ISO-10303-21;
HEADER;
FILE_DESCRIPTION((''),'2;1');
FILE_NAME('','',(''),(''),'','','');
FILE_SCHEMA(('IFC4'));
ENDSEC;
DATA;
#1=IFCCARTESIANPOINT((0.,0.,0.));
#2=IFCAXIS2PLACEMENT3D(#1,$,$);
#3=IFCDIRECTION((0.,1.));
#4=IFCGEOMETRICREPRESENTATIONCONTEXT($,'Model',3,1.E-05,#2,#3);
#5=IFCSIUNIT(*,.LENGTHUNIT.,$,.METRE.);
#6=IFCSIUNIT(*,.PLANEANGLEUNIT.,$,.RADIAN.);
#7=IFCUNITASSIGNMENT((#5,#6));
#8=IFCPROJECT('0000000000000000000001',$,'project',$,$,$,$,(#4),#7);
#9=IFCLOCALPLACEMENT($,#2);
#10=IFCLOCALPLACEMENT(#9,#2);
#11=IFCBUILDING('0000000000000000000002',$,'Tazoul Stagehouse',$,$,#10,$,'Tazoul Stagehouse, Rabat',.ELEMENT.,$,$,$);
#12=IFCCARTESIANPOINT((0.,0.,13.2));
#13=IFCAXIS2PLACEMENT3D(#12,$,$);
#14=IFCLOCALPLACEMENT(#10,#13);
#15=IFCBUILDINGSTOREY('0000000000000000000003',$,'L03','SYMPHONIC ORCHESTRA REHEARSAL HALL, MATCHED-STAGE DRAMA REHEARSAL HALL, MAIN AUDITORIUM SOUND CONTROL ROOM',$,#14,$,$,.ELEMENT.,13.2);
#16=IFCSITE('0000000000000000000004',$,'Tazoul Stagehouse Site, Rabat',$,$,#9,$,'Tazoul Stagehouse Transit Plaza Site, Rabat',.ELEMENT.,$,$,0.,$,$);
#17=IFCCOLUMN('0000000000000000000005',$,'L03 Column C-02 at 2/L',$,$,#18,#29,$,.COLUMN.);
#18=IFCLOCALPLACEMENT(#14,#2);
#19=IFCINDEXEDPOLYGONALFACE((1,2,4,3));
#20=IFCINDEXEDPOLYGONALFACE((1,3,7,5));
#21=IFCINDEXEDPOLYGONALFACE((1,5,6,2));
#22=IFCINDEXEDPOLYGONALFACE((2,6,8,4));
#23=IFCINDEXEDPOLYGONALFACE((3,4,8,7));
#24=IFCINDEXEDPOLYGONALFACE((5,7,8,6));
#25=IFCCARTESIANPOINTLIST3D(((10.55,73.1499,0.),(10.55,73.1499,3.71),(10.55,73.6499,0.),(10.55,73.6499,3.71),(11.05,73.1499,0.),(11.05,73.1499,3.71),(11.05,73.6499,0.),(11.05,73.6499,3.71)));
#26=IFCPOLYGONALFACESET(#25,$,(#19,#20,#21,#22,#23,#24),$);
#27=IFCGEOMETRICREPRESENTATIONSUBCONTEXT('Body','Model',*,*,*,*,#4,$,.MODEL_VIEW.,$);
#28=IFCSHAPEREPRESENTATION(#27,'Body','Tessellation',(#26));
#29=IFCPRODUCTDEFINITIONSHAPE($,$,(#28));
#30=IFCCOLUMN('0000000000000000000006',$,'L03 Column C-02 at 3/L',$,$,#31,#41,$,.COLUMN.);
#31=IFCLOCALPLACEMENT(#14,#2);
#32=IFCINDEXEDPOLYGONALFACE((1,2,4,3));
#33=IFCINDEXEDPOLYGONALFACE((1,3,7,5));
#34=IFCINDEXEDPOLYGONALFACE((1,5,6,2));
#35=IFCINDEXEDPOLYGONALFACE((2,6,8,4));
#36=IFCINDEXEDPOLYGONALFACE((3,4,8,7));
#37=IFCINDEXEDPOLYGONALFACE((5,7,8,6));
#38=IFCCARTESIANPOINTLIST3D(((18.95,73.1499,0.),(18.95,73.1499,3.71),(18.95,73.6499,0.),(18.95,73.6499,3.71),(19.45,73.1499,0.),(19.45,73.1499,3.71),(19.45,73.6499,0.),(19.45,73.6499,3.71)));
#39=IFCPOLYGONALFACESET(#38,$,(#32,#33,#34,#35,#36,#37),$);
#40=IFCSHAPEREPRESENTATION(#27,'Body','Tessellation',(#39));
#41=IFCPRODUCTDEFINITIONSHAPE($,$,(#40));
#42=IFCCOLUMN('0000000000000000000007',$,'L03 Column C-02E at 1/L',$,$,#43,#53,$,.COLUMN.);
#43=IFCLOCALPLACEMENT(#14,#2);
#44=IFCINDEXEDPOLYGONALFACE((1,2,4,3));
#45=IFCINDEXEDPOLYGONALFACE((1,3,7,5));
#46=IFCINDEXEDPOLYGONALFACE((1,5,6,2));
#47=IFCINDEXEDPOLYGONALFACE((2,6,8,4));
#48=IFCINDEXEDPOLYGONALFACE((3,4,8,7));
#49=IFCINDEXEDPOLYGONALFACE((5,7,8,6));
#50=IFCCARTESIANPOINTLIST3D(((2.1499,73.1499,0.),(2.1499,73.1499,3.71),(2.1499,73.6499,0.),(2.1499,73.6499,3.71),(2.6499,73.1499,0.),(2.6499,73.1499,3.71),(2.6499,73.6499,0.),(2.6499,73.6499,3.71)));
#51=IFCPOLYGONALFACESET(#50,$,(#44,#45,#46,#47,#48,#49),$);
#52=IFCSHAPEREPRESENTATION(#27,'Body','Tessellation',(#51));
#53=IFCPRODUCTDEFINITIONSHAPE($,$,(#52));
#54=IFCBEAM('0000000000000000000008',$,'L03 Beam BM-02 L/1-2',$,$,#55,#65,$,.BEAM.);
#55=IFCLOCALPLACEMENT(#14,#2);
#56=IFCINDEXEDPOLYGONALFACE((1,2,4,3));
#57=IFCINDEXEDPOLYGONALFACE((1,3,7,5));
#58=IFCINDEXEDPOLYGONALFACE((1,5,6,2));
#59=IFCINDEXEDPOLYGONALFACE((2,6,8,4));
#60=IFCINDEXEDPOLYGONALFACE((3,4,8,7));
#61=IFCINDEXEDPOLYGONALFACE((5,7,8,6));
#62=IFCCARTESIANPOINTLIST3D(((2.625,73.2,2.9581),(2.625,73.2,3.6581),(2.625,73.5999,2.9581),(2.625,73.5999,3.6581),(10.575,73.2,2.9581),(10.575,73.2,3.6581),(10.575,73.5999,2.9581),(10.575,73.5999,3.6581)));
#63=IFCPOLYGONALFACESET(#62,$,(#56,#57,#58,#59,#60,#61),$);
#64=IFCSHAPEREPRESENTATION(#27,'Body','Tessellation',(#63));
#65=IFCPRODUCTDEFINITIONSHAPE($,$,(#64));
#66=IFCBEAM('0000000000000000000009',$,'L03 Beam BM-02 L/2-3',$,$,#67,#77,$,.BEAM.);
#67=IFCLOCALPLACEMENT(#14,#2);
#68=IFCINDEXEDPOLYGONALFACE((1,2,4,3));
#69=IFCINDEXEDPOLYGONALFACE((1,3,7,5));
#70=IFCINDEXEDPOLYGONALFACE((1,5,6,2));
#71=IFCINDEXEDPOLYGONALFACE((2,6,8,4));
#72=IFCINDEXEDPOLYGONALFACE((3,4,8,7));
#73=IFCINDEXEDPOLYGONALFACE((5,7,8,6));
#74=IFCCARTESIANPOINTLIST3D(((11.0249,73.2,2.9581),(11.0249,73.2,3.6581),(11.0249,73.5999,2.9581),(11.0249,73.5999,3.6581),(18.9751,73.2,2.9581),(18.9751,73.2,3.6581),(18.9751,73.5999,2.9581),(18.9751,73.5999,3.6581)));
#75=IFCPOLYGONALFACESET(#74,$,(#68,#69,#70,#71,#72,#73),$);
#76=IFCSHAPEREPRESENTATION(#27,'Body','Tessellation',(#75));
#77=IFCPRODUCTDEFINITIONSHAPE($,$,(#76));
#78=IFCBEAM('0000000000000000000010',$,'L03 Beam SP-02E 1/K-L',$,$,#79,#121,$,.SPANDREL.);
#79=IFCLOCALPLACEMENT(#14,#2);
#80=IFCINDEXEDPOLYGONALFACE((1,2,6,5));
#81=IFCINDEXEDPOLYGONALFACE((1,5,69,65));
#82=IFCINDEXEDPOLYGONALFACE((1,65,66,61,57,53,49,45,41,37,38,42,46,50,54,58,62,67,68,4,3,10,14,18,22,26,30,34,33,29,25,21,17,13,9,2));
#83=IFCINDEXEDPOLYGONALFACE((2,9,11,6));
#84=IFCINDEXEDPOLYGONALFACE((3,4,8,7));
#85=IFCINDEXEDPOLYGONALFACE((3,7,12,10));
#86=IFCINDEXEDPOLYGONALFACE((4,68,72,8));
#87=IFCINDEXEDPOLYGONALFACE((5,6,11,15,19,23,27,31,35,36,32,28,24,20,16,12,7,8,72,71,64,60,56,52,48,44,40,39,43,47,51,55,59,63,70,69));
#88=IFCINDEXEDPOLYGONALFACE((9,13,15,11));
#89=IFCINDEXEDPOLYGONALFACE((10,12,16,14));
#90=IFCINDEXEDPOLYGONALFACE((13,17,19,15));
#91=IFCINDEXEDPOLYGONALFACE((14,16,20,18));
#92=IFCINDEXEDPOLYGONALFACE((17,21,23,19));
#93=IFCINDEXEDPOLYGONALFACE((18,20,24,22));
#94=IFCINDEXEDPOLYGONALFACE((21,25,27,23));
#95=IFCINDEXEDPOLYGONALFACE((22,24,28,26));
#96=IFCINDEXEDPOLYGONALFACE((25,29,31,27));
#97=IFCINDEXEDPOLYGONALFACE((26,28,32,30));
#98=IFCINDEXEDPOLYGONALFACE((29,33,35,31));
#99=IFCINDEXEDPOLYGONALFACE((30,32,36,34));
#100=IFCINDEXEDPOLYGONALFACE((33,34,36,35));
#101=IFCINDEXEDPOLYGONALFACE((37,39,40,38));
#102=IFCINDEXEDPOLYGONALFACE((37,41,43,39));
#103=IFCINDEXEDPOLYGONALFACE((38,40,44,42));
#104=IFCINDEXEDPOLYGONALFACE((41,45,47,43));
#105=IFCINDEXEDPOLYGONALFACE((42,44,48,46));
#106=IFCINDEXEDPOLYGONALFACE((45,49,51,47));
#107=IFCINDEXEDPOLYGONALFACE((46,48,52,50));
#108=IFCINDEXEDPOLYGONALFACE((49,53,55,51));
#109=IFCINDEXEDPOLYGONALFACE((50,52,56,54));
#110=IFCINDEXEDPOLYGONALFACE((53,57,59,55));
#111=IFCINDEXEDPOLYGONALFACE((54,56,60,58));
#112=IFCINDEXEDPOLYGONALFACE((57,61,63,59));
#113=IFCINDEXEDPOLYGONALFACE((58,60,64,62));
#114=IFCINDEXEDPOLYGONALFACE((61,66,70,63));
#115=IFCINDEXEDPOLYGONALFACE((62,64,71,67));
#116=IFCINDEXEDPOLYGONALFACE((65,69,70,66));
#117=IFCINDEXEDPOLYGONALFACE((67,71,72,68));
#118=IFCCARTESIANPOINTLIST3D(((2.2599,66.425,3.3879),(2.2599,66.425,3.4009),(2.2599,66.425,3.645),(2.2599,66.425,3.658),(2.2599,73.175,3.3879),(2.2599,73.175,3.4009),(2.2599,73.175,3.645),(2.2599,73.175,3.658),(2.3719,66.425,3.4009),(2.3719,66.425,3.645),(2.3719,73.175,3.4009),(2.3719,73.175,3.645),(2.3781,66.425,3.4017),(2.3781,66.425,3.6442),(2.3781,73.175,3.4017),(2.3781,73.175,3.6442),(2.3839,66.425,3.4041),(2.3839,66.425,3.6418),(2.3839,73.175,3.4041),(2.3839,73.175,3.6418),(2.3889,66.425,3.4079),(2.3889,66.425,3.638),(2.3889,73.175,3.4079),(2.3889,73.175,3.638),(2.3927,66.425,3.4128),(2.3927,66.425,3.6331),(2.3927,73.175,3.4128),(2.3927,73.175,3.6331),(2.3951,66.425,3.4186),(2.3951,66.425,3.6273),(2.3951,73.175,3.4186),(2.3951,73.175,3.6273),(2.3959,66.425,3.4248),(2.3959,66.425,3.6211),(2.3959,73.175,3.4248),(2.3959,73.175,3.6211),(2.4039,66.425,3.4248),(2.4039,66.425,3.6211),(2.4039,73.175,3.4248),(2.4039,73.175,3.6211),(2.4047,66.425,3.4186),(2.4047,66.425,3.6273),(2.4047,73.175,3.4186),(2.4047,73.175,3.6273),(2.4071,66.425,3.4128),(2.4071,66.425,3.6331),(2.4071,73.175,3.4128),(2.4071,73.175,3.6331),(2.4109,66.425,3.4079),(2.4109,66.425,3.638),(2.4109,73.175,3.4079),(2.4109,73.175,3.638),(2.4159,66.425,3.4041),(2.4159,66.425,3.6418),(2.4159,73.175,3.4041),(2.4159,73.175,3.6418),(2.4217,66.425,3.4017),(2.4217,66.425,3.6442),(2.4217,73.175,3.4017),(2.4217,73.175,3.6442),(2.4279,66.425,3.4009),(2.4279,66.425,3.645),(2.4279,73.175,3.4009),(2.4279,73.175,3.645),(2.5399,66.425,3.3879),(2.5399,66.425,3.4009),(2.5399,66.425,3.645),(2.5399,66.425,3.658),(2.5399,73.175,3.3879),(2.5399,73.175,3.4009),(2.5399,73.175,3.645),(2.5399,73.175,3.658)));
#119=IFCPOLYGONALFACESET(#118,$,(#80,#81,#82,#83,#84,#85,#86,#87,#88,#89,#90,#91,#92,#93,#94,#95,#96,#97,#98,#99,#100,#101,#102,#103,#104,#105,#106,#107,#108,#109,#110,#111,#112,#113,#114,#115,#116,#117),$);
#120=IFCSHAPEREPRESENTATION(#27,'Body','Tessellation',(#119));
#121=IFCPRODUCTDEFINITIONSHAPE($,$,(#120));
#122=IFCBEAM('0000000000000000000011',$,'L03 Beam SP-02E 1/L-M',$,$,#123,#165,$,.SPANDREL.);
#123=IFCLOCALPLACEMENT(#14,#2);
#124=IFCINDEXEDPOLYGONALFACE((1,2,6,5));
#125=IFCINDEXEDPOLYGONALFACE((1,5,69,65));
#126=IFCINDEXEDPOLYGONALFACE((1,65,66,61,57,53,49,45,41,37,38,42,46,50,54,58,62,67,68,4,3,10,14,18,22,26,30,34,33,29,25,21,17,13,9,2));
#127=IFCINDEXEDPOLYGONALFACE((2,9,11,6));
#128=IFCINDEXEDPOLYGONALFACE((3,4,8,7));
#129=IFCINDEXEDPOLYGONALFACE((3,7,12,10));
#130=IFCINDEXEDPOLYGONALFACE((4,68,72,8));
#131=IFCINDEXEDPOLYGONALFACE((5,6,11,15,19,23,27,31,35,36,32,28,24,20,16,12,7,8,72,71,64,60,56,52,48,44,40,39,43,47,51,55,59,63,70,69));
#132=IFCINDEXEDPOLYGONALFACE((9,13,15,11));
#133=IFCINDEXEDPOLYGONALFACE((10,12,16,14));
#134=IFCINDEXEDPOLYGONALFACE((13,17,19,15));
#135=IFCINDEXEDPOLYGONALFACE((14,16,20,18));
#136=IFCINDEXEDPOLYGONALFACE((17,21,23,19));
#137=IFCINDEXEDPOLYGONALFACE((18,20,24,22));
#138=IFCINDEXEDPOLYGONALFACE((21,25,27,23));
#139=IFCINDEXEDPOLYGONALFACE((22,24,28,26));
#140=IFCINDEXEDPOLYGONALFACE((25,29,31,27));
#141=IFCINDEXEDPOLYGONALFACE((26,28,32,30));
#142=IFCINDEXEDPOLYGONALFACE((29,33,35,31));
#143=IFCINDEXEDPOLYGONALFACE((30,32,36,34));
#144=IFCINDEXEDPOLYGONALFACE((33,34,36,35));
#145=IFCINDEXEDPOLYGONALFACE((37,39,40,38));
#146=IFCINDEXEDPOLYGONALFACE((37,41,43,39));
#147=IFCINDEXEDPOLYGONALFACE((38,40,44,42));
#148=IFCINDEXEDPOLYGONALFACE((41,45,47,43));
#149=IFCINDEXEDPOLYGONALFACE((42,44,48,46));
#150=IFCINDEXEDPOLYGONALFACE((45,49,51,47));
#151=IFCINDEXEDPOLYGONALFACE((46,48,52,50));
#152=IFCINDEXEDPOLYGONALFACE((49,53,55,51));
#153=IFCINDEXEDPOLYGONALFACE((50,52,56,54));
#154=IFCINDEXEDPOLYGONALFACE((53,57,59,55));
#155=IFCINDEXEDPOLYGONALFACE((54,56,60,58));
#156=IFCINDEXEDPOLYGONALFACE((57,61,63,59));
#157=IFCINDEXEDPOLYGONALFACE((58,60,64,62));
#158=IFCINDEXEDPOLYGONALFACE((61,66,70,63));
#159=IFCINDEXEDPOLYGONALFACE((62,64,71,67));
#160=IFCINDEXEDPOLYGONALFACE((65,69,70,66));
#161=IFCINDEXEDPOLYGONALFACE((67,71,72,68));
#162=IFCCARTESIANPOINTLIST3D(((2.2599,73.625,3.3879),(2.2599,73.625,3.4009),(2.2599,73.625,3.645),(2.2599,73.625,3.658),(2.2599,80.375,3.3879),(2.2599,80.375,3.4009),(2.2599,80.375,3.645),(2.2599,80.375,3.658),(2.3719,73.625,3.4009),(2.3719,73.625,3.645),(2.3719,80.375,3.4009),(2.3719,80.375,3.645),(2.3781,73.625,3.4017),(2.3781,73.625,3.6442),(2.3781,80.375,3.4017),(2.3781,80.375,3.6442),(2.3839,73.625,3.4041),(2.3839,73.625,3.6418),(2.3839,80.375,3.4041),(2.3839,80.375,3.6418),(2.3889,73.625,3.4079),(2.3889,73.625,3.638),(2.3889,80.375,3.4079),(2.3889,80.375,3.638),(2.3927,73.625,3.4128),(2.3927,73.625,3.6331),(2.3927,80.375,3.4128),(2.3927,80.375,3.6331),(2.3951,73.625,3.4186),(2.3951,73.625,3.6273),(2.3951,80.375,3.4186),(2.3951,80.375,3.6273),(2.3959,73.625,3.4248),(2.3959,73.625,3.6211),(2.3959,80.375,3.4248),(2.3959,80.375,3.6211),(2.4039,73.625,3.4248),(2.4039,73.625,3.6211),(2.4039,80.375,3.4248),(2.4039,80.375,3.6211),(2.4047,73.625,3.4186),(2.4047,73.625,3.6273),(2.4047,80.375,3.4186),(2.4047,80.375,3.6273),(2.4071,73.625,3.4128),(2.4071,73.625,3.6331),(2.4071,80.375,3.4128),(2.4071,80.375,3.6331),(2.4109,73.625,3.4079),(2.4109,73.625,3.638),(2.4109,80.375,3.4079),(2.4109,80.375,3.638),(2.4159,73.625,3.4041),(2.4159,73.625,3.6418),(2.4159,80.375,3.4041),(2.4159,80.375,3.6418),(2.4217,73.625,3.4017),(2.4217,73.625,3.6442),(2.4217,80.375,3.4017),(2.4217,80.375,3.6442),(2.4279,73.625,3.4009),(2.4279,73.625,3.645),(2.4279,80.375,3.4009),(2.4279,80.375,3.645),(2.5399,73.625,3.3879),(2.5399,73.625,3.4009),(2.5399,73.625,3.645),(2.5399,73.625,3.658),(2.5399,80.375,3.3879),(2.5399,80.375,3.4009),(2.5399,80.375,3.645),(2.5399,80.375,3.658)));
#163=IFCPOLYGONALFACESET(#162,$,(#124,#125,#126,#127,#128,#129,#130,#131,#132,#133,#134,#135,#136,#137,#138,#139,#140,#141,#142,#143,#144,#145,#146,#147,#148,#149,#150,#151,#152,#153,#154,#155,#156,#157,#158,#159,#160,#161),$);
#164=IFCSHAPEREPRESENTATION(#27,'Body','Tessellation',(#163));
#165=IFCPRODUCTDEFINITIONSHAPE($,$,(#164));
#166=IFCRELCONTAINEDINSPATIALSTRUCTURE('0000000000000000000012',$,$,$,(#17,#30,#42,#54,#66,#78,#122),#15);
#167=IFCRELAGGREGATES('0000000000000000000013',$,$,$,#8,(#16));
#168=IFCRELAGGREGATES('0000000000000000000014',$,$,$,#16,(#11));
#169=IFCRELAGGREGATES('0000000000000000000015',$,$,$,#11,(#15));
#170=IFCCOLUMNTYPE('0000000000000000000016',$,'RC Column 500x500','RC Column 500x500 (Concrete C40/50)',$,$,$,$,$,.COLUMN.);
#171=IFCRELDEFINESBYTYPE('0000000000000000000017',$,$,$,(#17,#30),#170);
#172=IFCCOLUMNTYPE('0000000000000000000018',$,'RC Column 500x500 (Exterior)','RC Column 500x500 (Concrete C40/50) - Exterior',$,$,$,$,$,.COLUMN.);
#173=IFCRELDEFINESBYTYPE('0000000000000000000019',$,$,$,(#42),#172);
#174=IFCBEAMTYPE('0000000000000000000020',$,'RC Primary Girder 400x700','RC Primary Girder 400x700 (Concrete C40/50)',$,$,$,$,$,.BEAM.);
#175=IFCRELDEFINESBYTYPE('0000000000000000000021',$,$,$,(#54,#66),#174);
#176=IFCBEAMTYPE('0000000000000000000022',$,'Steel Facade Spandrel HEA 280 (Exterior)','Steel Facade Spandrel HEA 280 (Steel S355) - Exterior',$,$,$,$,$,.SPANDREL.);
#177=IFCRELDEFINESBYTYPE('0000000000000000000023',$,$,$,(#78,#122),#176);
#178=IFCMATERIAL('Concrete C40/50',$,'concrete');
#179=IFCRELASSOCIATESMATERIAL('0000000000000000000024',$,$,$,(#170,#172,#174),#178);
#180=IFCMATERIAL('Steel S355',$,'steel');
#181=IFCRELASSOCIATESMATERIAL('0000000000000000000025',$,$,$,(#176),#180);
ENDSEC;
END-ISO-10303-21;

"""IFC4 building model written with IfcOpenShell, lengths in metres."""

from ifc_helpers import new_model, si_unit, direction, frame, origin, origin_2d, place, context, subcontext, project, spatial, rectangle, i_section, extrude, material, material_profile, profile_set, type_object, element, save


model = new_model("IFC4")

# Units and contexts
model_context = context("Model", 3, precision=1e-05, world=origin(), true_north=direction((0.0, 1.0)))
body_context = subcontext(model_context, "Body", "Model", "MODEL_VIEW")
ifc_project = project(units=[si_unit("LENGTHUNIT", "METRE"), si_unit("PLANEANGLEUNIT", "RADIAN")], contexts=[model_context])

# Site, building, storey
site_placement = place(None, origin())
site = spatial("IfcSite", under=ifc_project, at=site_placement, Name="Tazoul Stagehouse Site, Rabat", LongName="Tazoul Stagehouse Transit Plaza Site, Rabat", CompositionType="ELEMENT", RefElevation=0.0)
building_placement = place(site_placement, origin())
building = spatial("IfcBuilding", under=site, at=building_placement, Name="Tazoul Stagehouse", LongName="Tazoul Stagehouse, Rabat", CompositionType="ELEMENT")
storey_placement = place(building_placement, frame((0.0, 0.0, 13.2)))
storey = spatial("IfcBuildingStorey", under=building, at=storey_placement, Name="L03", Description="SYMPHONIC ORCHESTRA REHEARSAL HALL, MATCHED-STAGE DRAMA REHEARSAL HALL, MAIN AUDITORIUM SOUND CONTROL ROOM", CompositionType="ELEMENT", Elevation=13.2)

# Columns
ifc_material_1 = material(Name="Concrete C40/50", Category="concrete")
ifc_material_profile_1 = material_profile(ifc_material_1, rectangle(XDim=0.5, YDim=0.5, at=origin_2d()), Name="RC 500x500")
ifc_profile_set_1 = profile_set([ifc_material_profile_1], Name="Concrete C40/50")
column_type_1 = type_object("IfcColumnType", Name="RC Column 500x500", Description="RC Column 500x500 (Concrete C40/50)", PredefinedType="COLUMN", material=ifc_profile_set_1)
for number, where, z_axis, x_axis, name in (
    (1, (10.8, 73.3999, 0.0), (0.0, 0.0, 1.0), (1.0, 0.0, 0.0), "L03 Column C-02 at 2/L"),
    (2, (19.2, 73.3999, 0.0), (0.0, 0.0, 1.0), (1.0, 0.0, 0.0), "L03 Column C-02 at 3/L"),
):
    element("IfcColumn", number, at=place(storey_placement, frame(where, z_axis=z_axis, x_axis=x_axis)), inside=storey, type_object=column_type_1, Name=name, PredefinedType="COLUMN", context=body_context, shape_type="SweptSolid", body=[
        extrude(rectangle(XDim=0.5, YDim=0.5, at=origin_2d()), origin(), (0.0, 0.0, 1.0), 3.71),
    ])
ifc_material_profile_2 = material_profile(ifc_material_1, rectangle(XDim=0.5, YDim=0.5, at=origin_2d()), Name="RC 500x500")
ifc_profile_set_2 = profile_set([ifc_material_profile_2], Name="Concrete C40/50")
column_type_2 = type_object("IfcColumnType", Name="RC Column 500x500 (Exterior)", Description="RC Column 500x500 (Concrete C40/50) - Exterior", PredefinedType="COLUMN", material=ifc_profile_set_2)
column_placement = place(storey_placement, frame((2.3999, 73.3999, 0.0), z_axis=(0.0, 0.0, 1.0), x_axis=(1.0, 0.0, 0.0)))
element("IfcColumn", 3, at=column_placement, inside=storey, type_object=column_type_2, Name="L03 Column C-02E at 1/L", PredefinedType="COLUMN", context=body_context, shape_type="SweptSolid", body=[
    extrude(rectangle(XDim=0.5, YDim=0.5, at=origin_2d()), origin(), (0.0, 0.0, 1.0), 3.71),
])

# Beams
ifc_material_profile_3 = material_profile(ifc_material_1, rectangle(XDim=0.3999, YDim=0.7, at=origin_2d()), Name="RC 400x700")
ifc_profile_set_3 = profile_set([ifc_material_profile_3], Name="Concrete C40/50")
beam_type_1 = type_object("IfcBeamType", Name="RC Primary Girder 400x700", Description="RC Primary Girder 400x700 (Concrete C40/50)", PredefinedType="BEAM", material=ifc_profile_set_3)
beam_1_placement = place(storey_placement, frame((2.625, 73.3999, 3.3081), z_axis=(1.0, 0.0, 0.0), x_axis=(0.0, 1.0, 0.0)))
element("IfcBeam", 4, at=beam_1_placement, inside=storey, type_object=beam_type_1, Name="L03 Beam BM-02 L/1-2", PredefinedType="BEAM", context=body_context, shape_type="SweptSolid", body=[
    extrude(rectangle(XDim=0.3999, YDim=0.7, at=origin_2d()), origin(), (0.0, 0.0, 1.0), 7.95),
])
beam_2_placement = place(storey_placement, frame((11.0249, 73.3999, 3.3081), z_axis=(1.0, 0.0, 0.0), x_axis=(0.0, 1.0, 0.0)))
element("IfcBeam", 5, at=beam_2_placement, inside=storey, type_object=beam_type_1, Name="L03 Beam BM-02 L/2-3", PredefinedType="BEAM", context=body_context, shape_type="SweptSolid", body=[
    extrude(rectangle(XDim=0.3999, YDim=0.7, at=origin_2d()), origin(), (0.0, 0.0, 1.0), 7.9502),
])
ifc_material_2 = material(Name="Steel S355", Category="steel")
ifc_material_profile_4 = material_profile(ifc_material_2, i_section(OverallWidth=0.28, OverallDepth=0.27, WebThickness=0.0081, FlangeThickness=0.0129, FilletRadius=0.0239, at=origin_2d()), Name="HEA 280")
ifc_profile_set_4 = profile_set([ifc_material_profile_4], Name="Steel S355")
beam_type_2 = type_object("IfcBeamType", Name="Steel Facade Spandrel HEA 280 (Exterior)", Description="Steel Facade Spandrel HEA 280 (Steel S355) - Exterior", PredefinedType="SPANDREL", material=ifc_profile_set_4)
for number, where, z_axis, x_axis, name in (
    (6, (2.3999, 66.425, 3.5229), (0.0, 1.0, 0.0), (-1.0, 0.0, 0.0), "L03 Beam SP-02E 1/K-L"),
    (7, (2.3999, 73.625, 3.5229), (0.0, 1.0, 0.0), (-1.0, 0.0, 0.0), "L03 Beam SP-02E 1/L-M"),
):
    element("IfcBeam", number, at=place(storey_placement, frame(where, z_axis=z_axis, x_axis=x_axis)), inside=storey, type_object=beam_type_2, Name=name, PredefinedType="SPANDREL", context=body_context, shape_type="SweptSolid", body=[
        extrude(i_section(OverallWidth=0.28, OverallDepth=0.27, WebThickness=0.0081, FlangeThickness=0.0129, FilletRadius=0.0239, at=origin_2d()), origin(), (0.0, 0.0, 1.0), 6.75),
    ])

save(model, "model.ifc")
